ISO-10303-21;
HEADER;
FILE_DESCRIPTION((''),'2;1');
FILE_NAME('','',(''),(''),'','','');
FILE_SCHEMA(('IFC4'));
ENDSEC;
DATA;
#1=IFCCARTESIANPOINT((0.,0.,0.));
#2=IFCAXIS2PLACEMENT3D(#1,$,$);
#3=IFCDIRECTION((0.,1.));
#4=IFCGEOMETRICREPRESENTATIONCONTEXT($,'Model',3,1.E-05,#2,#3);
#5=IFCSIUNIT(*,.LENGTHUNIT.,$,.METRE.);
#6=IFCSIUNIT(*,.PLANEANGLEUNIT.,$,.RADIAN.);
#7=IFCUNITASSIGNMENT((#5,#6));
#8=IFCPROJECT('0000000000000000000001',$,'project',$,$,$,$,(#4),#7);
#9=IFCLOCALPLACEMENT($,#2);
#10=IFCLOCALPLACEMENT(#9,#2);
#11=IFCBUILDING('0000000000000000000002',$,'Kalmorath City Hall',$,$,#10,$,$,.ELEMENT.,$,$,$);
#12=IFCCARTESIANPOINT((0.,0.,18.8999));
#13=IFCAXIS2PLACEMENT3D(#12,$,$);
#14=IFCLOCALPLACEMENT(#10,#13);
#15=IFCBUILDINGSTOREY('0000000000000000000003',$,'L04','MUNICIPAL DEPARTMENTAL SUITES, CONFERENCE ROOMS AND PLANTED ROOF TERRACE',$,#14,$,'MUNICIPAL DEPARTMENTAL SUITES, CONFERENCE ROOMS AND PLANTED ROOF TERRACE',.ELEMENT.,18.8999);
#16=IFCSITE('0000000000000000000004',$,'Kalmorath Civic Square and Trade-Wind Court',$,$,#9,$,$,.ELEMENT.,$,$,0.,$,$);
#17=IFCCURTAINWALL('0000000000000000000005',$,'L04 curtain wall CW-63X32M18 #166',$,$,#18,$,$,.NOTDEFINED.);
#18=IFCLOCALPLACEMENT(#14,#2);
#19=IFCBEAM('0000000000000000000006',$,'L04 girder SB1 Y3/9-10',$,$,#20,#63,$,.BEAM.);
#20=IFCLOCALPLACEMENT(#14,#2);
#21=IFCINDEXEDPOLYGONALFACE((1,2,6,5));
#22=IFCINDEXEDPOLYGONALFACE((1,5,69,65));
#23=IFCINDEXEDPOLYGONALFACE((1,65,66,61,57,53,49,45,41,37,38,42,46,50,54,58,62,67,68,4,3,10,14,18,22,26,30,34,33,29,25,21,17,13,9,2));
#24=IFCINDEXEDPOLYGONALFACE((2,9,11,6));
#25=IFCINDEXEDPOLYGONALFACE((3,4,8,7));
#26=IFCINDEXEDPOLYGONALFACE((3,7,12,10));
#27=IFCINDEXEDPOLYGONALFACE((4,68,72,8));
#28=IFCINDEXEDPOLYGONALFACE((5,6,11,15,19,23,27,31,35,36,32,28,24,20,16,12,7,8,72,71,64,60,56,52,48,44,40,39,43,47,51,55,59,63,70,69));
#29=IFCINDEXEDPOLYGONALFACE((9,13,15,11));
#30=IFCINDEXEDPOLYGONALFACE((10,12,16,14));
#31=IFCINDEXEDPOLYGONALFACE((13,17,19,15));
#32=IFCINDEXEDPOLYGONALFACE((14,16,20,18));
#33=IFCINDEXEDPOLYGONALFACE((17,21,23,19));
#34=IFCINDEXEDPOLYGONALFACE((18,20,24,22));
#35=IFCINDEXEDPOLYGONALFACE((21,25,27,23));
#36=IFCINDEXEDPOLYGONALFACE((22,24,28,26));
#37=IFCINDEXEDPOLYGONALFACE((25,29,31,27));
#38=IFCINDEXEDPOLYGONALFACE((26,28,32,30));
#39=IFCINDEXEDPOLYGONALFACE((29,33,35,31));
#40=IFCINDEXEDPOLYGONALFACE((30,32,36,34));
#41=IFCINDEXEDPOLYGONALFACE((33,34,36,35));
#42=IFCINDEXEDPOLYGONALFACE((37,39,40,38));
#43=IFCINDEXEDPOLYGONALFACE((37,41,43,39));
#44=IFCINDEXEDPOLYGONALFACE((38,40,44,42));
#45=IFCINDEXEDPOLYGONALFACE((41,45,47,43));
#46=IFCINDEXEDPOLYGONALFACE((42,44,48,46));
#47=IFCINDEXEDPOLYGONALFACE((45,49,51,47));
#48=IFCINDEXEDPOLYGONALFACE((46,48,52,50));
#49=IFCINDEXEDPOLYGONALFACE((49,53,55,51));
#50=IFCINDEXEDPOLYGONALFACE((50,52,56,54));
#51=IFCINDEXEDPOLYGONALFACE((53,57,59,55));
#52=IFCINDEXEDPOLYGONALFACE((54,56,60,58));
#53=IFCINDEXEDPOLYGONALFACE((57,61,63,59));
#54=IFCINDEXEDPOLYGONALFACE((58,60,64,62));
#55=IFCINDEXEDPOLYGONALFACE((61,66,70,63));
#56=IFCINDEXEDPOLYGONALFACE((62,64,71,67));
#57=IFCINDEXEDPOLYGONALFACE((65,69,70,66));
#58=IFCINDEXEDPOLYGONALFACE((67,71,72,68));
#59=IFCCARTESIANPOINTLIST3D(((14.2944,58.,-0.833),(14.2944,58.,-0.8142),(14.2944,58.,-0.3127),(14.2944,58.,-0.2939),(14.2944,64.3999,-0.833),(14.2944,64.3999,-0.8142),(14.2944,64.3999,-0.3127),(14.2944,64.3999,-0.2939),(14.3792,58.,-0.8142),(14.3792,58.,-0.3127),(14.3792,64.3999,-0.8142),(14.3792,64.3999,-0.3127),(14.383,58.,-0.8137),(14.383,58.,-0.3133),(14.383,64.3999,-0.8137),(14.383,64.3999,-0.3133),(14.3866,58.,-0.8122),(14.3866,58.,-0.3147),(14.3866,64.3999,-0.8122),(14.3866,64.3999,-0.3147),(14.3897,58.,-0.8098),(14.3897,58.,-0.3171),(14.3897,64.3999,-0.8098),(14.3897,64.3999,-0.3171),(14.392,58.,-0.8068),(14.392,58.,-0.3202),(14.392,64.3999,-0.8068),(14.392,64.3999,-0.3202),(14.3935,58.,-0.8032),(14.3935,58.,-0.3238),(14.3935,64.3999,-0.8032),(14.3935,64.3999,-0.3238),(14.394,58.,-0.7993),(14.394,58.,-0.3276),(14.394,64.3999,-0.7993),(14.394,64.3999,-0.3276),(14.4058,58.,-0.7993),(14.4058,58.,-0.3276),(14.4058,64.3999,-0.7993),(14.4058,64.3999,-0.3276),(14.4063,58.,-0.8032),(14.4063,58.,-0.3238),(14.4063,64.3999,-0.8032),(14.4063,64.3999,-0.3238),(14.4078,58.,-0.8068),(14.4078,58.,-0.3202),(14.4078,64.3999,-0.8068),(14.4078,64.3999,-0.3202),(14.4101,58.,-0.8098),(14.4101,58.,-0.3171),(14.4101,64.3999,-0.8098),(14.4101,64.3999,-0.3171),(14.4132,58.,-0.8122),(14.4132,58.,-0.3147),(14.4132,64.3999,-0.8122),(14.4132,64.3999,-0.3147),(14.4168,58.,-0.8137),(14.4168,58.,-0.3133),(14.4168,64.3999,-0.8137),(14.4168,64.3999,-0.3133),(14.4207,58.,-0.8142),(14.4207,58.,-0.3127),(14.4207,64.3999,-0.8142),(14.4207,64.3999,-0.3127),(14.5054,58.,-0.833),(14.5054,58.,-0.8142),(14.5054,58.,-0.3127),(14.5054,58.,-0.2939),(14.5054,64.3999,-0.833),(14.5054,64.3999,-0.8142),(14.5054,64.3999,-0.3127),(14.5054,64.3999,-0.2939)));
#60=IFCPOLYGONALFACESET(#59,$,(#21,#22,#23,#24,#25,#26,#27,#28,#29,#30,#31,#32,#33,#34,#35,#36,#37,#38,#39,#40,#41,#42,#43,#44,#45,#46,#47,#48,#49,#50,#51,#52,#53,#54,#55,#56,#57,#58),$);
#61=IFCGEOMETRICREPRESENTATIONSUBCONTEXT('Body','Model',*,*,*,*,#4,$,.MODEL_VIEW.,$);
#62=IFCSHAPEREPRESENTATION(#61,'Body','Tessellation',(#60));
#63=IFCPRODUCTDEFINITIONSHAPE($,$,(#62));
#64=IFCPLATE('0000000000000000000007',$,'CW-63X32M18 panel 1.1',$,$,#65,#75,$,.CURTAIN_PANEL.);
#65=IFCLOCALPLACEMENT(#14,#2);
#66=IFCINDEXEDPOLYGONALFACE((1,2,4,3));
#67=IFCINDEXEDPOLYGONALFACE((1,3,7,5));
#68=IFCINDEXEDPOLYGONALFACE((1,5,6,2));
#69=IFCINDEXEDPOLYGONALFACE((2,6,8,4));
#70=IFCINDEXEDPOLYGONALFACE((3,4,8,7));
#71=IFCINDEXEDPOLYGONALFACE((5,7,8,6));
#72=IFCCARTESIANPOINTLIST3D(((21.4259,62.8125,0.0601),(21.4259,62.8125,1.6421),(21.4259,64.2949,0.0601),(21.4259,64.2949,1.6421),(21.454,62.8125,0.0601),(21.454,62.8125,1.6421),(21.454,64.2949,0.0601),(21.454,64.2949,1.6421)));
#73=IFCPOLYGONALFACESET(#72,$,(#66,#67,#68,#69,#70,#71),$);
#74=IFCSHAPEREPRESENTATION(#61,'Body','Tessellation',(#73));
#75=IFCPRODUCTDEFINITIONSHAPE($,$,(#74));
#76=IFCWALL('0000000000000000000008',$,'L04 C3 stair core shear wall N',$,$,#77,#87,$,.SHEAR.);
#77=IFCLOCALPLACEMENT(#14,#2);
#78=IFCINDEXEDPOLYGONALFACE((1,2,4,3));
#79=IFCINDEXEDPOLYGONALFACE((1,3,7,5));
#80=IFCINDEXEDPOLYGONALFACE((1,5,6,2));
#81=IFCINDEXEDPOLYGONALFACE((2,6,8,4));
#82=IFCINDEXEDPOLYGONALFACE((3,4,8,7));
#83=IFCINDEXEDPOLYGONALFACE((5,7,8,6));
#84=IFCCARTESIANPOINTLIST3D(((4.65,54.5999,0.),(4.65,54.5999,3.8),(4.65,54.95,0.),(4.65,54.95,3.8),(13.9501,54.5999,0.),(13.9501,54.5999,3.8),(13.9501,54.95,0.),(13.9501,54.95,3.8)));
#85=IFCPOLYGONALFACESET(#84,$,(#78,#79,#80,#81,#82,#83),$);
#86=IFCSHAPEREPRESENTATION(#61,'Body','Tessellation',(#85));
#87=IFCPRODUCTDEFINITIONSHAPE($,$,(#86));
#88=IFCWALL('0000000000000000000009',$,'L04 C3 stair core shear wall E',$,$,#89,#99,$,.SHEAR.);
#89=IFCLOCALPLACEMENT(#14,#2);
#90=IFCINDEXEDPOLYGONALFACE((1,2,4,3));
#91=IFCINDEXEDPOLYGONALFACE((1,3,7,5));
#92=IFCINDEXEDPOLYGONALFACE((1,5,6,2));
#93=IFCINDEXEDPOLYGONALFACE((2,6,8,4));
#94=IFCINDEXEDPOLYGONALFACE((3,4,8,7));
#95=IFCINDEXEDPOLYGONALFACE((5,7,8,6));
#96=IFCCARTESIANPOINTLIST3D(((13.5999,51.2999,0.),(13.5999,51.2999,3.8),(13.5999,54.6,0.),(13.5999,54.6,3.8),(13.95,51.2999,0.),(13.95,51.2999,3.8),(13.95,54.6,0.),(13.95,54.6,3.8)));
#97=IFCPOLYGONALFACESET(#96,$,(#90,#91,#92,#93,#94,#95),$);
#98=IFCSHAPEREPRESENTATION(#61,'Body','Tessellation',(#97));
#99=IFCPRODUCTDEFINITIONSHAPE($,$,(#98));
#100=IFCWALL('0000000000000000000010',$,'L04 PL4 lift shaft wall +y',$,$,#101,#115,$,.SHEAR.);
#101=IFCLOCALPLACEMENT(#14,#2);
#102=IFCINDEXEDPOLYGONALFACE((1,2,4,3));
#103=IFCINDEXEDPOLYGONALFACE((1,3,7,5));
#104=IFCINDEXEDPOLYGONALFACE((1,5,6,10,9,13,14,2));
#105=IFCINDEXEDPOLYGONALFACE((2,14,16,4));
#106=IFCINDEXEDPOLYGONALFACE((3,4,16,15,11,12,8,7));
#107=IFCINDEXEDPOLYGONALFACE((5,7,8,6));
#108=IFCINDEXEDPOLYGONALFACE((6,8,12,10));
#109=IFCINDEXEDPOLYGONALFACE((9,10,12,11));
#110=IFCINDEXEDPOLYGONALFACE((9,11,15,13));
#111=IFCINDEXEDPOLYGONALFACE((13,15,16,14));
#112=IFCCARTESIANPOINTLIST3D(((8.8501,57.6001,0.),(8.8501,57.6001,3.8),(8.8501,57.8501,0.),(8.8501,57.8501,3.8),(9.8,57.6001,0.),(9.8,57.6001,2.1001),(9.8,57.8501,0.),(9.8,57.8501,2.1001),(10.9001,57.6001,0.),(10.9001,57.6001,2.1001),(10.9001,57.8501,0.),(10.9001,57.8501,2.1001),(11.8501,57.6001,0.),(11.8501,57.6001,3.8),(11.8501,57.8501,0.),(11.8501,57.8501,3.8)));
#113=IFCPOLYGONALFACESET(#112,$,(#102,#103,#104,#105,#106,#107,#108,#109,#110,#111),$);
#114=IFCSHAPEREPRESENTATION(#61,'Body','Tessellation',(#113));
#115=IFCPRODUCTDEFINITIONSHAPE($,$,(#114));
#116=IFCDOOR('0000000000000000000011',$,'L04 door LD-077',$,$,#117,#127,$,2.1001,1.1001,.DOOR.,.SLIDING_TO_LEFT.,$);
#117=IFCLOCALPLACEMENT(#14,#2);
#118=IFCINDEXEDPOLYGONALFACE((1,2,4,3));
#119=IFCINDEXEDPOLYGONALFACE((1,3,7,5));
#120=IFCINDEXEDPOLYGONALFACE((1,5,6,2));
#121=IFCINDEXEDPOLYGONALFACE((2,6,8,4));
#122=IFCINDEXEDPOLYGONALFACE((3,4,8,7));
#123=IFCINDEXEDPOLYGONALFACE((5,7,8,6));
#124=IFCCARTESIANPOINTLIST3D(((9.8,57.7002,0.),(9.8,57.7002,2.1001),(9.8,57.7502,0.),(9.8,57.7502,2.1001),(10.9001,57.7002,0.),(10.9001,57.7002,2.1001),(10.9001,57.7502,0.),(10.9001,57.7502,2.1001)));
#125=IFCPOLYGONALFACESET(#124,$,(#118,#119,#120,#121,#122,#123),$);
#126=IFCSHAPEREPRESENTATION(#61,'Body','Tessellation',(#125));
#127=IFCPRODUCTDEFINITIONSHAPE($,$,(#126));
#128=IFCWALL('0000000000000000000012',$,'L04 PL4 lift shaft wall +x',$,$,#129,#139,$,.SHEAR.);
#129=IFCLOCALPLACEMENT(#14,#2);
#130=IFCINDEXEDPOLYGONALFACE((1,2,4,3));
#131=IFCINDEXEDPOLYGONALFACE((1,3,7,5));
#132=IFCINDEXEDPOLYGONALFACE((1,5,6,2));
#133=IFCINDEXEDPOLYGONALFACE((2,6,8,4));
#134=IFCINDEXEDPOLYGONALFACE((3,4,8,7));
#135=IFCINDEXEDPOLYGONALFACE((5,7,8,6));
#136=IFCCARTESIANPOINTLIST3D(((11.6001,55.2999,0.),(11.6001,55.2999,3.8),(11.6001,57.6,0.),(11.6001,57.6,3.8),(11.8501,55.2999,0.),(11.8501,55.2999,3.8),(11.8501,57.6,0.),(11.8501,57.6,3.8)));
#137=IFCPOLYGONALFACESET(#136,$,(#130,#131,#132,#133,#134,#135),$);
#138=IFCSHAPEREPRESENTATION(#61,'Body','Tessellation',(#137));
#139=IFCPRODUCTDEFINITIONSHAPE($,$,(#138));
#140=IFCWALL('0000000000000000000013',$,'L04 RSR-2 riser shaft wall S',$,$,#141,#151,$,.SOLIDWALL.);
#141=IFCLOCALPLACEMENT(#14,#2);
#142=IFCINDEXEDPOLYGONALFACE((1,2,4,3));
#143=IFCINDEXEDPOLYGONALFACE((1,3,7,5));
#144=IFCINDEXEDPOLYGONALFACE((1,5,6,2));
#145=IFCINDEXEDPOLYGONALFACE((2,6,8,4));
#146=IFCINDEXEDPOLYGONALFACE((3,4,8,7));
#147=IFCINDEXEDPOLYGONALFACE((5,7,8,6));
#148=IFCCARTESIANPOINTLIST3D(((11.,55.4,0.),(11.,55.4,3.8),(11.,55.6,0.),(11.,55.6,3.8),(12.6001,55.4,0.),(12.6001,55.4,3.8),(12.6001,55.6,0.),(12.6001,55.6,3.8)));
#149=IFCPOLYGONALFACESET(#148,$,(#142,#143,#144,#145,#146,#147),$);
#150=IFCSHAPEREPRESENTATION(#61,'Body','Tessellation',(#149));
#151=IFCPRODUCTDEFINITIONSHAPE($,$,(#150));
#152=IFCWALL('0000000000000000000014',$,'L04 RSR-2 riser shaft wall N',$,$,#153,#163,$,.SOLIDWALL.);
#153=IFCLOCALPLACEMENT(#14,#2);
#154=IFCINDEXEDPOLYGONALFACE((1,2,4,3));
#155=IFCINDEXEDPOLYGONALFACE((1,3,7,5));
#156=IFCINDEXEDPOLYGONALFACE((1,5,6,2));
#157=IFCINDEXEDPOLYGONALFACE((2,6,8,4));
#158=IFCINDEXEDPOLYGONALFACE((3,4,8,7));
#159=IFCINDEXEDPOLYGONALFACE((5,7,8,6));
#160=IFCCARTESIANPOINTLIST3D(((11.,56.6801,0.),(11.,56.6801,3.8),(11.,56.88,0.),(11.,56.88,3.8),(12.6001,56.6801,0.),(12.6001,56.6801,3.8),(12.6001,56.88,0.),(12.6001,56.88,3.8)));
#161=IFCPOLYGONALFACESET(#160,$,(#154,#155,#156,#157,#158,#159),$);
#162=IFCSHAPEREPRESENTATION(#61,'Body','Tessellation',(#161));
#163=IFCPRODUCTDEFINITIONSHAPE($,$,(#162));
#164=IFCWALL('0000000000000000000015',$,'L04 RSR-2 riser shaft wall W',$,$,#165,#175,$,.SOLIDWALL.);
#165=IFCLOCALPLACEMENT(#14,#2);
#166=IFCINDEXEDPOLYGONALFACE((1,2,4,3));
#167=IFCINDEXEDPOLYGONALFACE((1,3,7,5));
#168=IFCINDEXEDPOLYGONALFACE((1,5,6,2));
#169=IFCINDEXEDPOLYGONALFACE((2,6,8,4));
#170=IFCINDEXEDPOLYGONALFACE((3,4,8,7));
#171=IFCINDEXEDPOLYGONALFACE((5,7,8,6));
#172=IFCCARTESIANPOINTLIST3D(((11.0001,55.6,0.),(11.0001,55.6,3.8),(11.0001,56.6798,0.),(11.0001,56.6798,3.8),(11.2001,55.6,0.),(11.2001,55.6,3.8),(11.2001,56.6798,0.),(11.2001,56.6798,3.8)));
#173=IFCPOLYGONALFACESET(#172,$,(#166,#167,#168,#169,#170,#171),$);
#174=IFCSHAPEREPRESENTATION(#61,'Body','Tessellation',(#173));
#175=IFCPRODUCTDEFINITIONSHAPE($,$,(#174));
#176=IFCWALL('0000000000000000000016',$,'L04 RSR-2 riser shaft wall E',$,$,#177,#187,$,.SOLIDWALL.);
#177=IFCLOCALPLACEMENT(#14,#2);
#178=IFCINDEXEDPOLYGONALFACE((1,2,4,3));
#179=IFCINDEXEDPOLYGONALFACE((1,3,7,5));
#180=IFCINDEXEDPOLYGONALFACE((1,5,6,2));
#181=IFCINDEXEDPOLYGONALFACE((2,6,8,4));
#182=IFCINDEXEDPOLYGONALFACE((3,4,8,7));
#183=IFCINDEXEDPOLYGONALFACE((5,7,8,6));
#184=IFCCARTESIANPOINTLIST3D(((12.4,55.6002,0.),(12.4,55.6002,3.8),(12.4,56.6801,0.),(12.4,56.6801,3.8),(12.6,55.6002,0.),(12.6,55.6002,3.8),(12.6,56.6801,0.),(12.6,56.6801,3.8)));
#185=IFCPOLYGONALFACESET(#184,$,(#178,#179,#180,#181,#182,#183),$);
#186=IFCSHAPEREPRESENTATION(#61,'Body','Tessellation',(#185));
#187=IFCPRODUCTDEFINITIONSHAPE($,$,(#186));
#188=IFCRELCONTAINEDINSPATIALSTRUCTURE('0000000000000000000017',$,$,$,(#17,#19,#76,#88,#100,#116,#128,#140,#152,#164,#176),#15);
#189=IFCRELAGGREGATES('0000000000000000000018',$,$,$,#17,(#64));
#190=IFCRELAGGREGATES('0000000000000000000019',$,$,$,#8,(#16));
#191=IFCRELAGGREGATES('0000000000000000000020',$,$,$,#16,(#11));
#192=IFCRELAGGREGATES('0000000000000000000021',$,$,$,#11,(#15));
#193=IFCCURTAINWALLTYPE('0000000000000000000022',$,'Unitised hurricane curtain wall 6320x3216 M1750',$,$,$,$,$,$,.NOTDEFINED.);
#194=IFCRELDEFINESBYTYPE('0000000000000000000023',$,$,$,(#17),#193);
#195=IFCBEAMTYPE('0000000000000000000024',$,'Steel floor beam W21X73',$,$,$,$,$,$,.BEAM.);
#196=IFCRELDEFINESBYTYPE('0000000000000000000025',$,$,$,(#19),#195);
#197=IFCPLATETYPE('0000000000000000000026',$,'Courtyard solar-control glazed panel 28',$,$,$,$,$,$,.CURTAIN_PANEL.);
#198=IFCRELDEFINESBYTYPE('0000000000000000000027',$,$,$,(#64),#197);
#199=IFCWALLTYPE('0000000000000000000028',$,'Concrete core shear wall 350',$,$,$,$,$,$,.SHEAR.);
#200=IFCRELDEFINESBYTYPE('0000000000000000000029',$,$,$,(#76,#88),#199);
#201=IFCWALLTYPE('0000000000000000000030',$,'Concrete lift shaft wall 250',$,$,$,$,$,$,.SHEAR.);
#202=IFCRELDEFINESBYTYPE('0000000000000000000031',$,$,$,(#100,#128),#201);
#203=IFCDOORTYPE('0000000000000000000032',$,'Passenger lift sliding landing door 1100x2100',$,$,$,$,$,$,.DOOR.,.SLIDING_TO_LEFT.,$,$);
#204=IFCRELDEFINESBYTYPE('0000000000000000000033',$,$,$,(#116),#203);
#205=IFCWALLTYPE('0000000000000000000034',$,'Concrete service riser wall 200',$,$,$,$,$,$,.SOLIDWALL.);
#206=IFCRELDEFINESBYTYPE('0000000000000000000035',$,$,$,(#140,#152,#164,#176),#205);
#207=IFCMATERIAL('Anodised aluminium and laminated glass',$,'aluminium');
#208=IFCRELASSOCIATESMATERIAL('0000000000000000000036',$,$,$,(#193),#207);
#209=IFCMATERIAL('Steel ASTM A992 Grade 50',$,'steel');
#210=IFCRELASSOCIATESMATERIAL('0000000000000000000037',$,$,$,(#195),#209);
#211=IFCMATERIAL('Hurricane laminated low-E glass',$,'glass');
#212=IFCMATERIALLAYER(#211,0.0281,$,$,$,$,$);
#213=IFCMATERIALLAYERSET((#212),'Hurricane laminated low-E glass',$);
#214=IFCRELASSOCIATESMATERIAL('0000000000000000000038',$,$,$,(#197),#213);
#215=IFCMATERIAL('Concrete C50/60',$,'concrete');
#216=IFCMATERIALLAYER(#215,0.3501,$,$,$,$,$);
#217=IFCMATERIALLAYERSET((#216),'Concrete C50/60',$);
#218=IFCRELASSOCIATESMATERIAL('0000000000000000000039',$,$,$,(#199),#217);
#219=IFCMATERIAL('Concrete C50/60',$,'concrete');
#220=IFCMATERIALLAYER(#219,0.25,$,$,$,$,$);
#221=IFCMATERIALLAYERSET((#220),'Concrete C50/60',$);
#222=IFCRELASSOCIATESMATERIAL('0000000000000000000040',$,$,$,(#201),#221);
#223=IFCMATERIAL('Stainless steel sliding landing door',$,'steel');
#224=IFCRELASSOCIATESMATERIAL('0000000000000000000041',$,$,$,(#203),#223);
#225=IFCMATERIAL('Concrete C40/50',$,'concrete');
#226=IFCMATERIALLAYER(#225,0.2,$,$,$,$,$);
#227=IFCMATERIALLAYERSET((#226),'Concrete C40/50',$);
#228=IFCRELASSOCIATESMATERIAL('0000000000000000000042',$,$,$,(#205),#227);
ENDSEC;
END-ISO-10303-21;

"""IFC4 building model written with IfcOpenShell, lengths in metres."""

from ifc_helpers import new_model, si_unit, direction, frame, frame_2d, origin, origin_2d, place, context, subcontext, project, spatial, rectangle, i_section, extrude, material, layer, layer_set, material_profile, profile_set, type_object, element, fill, aggregate, save


model = new_model("IFC4")

# Units and contexts
model_context = context("Model", 3, precision=1e-05, world=origin(), true_north=direction((0.0, 1.0)))
body_context = subcontext(model_context, "Body", "Model", "MODEL_VIEW")
ifc_project = project(units=[si_unit("LENGTHUNIT", "METRE"), si_unit("PLANEANGLEUNIT", "RADIAN")], contexts=[model_context])

# Site, building, storey
site_placement = place(None, origin())
site = spatial("IfcSite", under=ifc_project, at=site_placement, Name="Kalmorath Civic Square and Trade-Wind Court", CompositionType="ELEMENT", RefElevation=0.0)
building_placement = place(site_placement, origin())
building = spatial("IfcBuilding", under=site, at=building_placement, Name="Kalmorath City Hall", CompositionType="ELEMENT")
storey_placement = place(building_placement, frame((0.0, 0.0, 18.8999)))
storey = spatial("IfcBuildingStorey", under=building, at=storey_placement, Name="L04", Description="MUNICIPAL DEPARTMENTAL SUITES, CONFERENCE ROOMS AND PLANTED ROOF TERRACE", LongName="MUNICIPAL DEPARTMENTAL SUITES, CONFERENCE ROOMS AND PLANTED ROOF TERRACE", CompositionType="ELEMENT", Elevation=18.8999)

# Curtain wall
ifc_material_1 = material(Name="Anodised aluminium and laminated glass", Category="aluminium")
curtain_wall_type = type_object("IfcCurtainWallType", Name="Unitised hurricane curtain wall 6320x3216 M1750", PredefinedType="NOTDEFINED", material=ifc_material_1)
curtain_wall_placement = place(storey_placement, origin())
curtain_wall = element("IfcCurtainWall", 1, at=curtain_wall_placement, inside=storey, type_object=curtain_wall_type, Name="L04 curtain wall CW-63X32M18 #166", PredefinedType="NOTDEFINED")

# Beam
ifc_material_2 = material(Name="Steel ASTM A992 Grade 50", Category="steel")
ifc_material_profile_1 = material_profile(ifc_material_2, i_section(OverallWidth=0.2109, OverallDepth=0.5391, WebThickness=0.0117, FlangeThickness=0.0188, FilletRadius=0.0149, at=origin_2d()), Name="W21X73")
ifc_profile_set_1 = profile_set([ifc_material_profile_1], Name="Steel ASTM A992 Grade 50")
beam_type_1 = type_object("IfcBeamType", Name="Steel floor beam W21X73", PredefinedType="BEAM", material=ifc_profile_set_1)
for number, where, z_axis, x_axis, name in (
    (2, (14.3999, 58.0, -0.5635), (0.0, 1.0, 0.0), (-1.0, 0.0, 0.0), "L04 girder SB1 Y3/9-10"),
):
    element("IfcBeam", number, at=place(storey_placement, frame(where, z_axis=z_axis, x_axis=x_axis)), inside=storey, type_object=beam_type_1, Name=name, PredefinedType="BEAM", context=body_context, shape_type="SweptSolid", body=[
        extrude(i_section(OverallWidth=0.2109, OverallDepth=0.5391, WebThickness=0.0117, FlangeThickness=0.0188, FilletRadius=0.0149, at=origin_2d()), origin(), (0.0, 0.0, 1.0), 6.3999),
    ])

# Plate
ifc_material_3 = material(Name="Hurricane laminated low-E glass", Category="glass")
ifc_layer_1 = layer(ifc_material_3, 0.0281)
ifc_layer_set_1 = layer_set([ifc_layer_1], Name="Hurricane laminated low-E glass")
plate_type = type_object("IfcPlateType", Name="Courtyard solar-control glazed panel 28", PredefinedType="CURTAIN_PANEL", material=ifc_layer_set_1)
plate_placement = place(storey_placement, frame((21.4399, 63.5537, 0.0601), z_axis=(0.0, 0.0, 1.0), x_axis=(0.0, -1.0, 0.0)))
plate = element("IfcPlate", 3, at=plate_placement, type_object=plate_type, Name="CW-63X32M18 panel 1.1", PredefinedType="CURTAIN_PANEL", context=body_context, shape_type="SweptSolid", body=[
    extrude(rectangle(XDim=1.4824, YDim=0.0281, at=origin_2d()), origin(), (0.0, 0.0, 1.0), 1.582),
])
aggregate(curtain_wall, [plate])

# Walls
ifc_material_4 = material(Name="Concrete C50/60", Category="concrete")
ifc_layer_2 = layer(ifc_material_4, 0.3501)
ifc_layer_set_2 = layer_set([ifc_layer_2], Name="Concrete C50/60")
wall_type_1 = type_object("IfcWallType", Name="Concrete core shear wall 350", PredefinedType="SHEAR", material=ifc_layer_set_2)
wall_1_placement = place(storey_placement, frame((13.95, 54.7749, 0.0), z_axis=(0.0, 0.0, 1.0), x_axis=(-1.0, 0.0, 0.0)))
element("IfcWall", 4, at=wall_1_placement, inside=storey, type_object=wall_type_1, Name="L04 C3 stair core shear wall N", PredefinedType="SHEAR", context=body_context, shape_type="SweptSolid", body=[
    extrude(rectangle(XDim=9.3, YDim=0.3501, at=frame_2d((4.6499, 0.0))), origin(), (0.0, 0.0, 1.0), 3.8),
])
wall_2_placement = place(storey_placement, frame((13.7749, 51.3, 0.0), z_axis=(0.0, 0.0, 1.0), x_axis=(0.0, 1.0, 0.0)))
element("IfcWall", 5, at=wall_2_placement, inside=storey, type_object=wall_type_1, Name="L04 C3 stair core shear wall E", PredefinedType="SHEAR", context=body_context, shape_type="SweptSolid", body=[
    extrude(rectangle(XDim=3.3, YDim=0.3501, at=frame_2d((1.6499, 0.0))), origin(), (0.0, 0.0, 1.0), 3.8),
])

# Wall, opening, door
ifc_material_5 = material(Name="Concrete C50/60", Category="concrete")
ifc_layer_3 = layer(ifc_material_5, 0.25)
ifc_layer_set_3 = layer_set([ifc_layer_3], Name="Concrete C50/60")
wall_type_2 = type_object("IfcWallType", Name="Concrete lift shaft wall 250", PredefinedType="SHEAR", material=ifc_layer_set_3)
wall_3_placement = place(storey_placement, frame((11.8501, 57.7251, 0.0), z_axis=(0.0, 0.0, 1.0), x_axis=(-1.0, 0.0, 0.0)))
wall_3 = element("IfcWall", 6, at=wall_3_placement, inside=storey, type_object=wall_type_2, Name="L04 PL4 lift shaft wall +y", PredefinedType="SHEAR", context=body_context, shape_type="SweptSolid", body=[
    extrude(rectangle(XDim=3.0, YDim=0.25, at=frame_2d((1.5, 0.0))), origin(), (0.0, 0.0, 1.0), 3.8),
])
opening_1_placement = place(wall_3_placement, frame((0.95, 0.0, 0.0)))
opening_1 = element("IfcOpeningElement", 7, at=opening_1_placement, cuts=wall_3, PredefinedType="OPENING", context=body_context, shape_type="SweptSolid", body=[
    extrude(rectangle(XDim=1.1001, YDim=2.1001, at=frame_2d((0.55, 1.05))), frame((0.0, 0.135, 0.0), z_axis=(0.0, -1.0, 0.0), x_axis=(1.0, 0.0, 0.0)), (0.0, 0.0, 1.0), 0.27),
])
ifc_material_6 = material(Name="Stainless steel sliding landing door", Category="steel")
door_type = type_object("IfcDoorType", Name="Passenger lift sliding landing door 1100x2100", OperationType="SLIDING_TO_LEFT", PredefinedType="DOOR", material=ifc_material_6)
door_placement = place(opening_1_placement, origin())
door = element("IfcDoor", 8, at=door_placement, inside=storey, type_object=door_type, Name="L04 door LD-077", OperationType="SLIDING_TO_LEFT", OverallHeight=2.1001, OverallWidth=1.1001, PredefinedType="DOOR", context=body_context, shape_type="SweptSolid", body=[
    extrude(rectangle(XDim=1.1001, YDim=2.1001, at=frame_2d((0.55, 1.05))), frame((0.0, 0.0249, 0.0), z_axis=(0.0, -1.0, 0.0), x_axis=(1.0, 0.0, 0.0)), (0.0, 0.0, 1.0), 0.05),
])
fill(opening_1, door)

# Walls
wall_4_placement = place(storey_placement, frame((11.7251, 55.3, 0.0), z_axis=(0.0, 0.0, 1.0), x_axis=(0.0, 1.0, 0.0)))
element("IfcWall", 9, at=wall_4_placement, inside=storey, type_object=wall_type_2, Name="L04 PL4 lift shaft wall +x", PredefinedType="SHEAR", context=body_context, shape_type="SweptSolid", body=[
    extrude(rectangle(XDim=2.3, YDim=0.25, at=frame_2d((1.1499, 0.0))), origin(), (0.0, 0.0, 1.0), 3.8),
])
ifc_material_7 = material(Name="Concrete C40/50", Category="concrete")
ifc_layer_4 = layer(ifc_material_7, 0.2)
ifc_layer_set_4 = layer_set([ifc_layer_4], Name="Concrete C40/50")
wall_type_3 = type_object("IfcWallType", Name="Concrete service riser wall 200", PredefinedType="SOLIDWALL", material=ifc_layer_set_4)
for number, where, z_axis, x_axis, name in (
    (10, (11.0, 55.5, 0.0), (0.0, 0.0, 1.0), (1.0, 0.0, 0.0), "L04 RSR-2 riser shaft wall S"),
    (11, (12.6001, 56.78, 0.0), (0.0, 0.0, 1.0), (-1.0, 0.0, 0.0), "L04 RSR-2 riser shaft wall N"),
):
    element("IfcWall", number, at=place(storey_placement, frame(where, z_axis=z_axis, x_axis=x_axis)), inside=storey, type_object=wall_type_3, Name=name, PredefinedType="SOLIDWALL", context=body_context, shape_type="SweptSolid", body=[
        extrude(rectangle(XDim=1.6001, YDim=0.2, at=frame_2d((0.8, 0.0))), origin(), (0.0, 0.0, 1.0), 3.8),
    ])
for number, where, z_axis, x_axis, name in (
    (12, (11.1001, 56.6799, 0.0), (0.0, 0.0, 1.0), (0.0, -1.0, 0.0), "L04 RSR-2 riser shaft wall W"),
    (13, (12.5, 55.6001, 0.0), (0.0, 0.0, 1.0), (0.0, 1.0, 0.0), "L04 RSR-2 riser shaft wall E"),
):
    element("IfcWall", number, at=place(storey_placement, frame(where, z_axis=z_axis, x_axis=x_axis)), inside=storey, type_object=wall_type_3, Name=name, PredefinedType="SOLIDWALL", context=body_context, shape_type="SweptSolid", body=[
        extrude(rectangle(XDim=1.0798, YDim=0.2, at=frame_2d((0.54, 0.0))), origin(), (0.0, 0.0, 1.0), 3.8),
    ])

save(model, "model.ifc")
